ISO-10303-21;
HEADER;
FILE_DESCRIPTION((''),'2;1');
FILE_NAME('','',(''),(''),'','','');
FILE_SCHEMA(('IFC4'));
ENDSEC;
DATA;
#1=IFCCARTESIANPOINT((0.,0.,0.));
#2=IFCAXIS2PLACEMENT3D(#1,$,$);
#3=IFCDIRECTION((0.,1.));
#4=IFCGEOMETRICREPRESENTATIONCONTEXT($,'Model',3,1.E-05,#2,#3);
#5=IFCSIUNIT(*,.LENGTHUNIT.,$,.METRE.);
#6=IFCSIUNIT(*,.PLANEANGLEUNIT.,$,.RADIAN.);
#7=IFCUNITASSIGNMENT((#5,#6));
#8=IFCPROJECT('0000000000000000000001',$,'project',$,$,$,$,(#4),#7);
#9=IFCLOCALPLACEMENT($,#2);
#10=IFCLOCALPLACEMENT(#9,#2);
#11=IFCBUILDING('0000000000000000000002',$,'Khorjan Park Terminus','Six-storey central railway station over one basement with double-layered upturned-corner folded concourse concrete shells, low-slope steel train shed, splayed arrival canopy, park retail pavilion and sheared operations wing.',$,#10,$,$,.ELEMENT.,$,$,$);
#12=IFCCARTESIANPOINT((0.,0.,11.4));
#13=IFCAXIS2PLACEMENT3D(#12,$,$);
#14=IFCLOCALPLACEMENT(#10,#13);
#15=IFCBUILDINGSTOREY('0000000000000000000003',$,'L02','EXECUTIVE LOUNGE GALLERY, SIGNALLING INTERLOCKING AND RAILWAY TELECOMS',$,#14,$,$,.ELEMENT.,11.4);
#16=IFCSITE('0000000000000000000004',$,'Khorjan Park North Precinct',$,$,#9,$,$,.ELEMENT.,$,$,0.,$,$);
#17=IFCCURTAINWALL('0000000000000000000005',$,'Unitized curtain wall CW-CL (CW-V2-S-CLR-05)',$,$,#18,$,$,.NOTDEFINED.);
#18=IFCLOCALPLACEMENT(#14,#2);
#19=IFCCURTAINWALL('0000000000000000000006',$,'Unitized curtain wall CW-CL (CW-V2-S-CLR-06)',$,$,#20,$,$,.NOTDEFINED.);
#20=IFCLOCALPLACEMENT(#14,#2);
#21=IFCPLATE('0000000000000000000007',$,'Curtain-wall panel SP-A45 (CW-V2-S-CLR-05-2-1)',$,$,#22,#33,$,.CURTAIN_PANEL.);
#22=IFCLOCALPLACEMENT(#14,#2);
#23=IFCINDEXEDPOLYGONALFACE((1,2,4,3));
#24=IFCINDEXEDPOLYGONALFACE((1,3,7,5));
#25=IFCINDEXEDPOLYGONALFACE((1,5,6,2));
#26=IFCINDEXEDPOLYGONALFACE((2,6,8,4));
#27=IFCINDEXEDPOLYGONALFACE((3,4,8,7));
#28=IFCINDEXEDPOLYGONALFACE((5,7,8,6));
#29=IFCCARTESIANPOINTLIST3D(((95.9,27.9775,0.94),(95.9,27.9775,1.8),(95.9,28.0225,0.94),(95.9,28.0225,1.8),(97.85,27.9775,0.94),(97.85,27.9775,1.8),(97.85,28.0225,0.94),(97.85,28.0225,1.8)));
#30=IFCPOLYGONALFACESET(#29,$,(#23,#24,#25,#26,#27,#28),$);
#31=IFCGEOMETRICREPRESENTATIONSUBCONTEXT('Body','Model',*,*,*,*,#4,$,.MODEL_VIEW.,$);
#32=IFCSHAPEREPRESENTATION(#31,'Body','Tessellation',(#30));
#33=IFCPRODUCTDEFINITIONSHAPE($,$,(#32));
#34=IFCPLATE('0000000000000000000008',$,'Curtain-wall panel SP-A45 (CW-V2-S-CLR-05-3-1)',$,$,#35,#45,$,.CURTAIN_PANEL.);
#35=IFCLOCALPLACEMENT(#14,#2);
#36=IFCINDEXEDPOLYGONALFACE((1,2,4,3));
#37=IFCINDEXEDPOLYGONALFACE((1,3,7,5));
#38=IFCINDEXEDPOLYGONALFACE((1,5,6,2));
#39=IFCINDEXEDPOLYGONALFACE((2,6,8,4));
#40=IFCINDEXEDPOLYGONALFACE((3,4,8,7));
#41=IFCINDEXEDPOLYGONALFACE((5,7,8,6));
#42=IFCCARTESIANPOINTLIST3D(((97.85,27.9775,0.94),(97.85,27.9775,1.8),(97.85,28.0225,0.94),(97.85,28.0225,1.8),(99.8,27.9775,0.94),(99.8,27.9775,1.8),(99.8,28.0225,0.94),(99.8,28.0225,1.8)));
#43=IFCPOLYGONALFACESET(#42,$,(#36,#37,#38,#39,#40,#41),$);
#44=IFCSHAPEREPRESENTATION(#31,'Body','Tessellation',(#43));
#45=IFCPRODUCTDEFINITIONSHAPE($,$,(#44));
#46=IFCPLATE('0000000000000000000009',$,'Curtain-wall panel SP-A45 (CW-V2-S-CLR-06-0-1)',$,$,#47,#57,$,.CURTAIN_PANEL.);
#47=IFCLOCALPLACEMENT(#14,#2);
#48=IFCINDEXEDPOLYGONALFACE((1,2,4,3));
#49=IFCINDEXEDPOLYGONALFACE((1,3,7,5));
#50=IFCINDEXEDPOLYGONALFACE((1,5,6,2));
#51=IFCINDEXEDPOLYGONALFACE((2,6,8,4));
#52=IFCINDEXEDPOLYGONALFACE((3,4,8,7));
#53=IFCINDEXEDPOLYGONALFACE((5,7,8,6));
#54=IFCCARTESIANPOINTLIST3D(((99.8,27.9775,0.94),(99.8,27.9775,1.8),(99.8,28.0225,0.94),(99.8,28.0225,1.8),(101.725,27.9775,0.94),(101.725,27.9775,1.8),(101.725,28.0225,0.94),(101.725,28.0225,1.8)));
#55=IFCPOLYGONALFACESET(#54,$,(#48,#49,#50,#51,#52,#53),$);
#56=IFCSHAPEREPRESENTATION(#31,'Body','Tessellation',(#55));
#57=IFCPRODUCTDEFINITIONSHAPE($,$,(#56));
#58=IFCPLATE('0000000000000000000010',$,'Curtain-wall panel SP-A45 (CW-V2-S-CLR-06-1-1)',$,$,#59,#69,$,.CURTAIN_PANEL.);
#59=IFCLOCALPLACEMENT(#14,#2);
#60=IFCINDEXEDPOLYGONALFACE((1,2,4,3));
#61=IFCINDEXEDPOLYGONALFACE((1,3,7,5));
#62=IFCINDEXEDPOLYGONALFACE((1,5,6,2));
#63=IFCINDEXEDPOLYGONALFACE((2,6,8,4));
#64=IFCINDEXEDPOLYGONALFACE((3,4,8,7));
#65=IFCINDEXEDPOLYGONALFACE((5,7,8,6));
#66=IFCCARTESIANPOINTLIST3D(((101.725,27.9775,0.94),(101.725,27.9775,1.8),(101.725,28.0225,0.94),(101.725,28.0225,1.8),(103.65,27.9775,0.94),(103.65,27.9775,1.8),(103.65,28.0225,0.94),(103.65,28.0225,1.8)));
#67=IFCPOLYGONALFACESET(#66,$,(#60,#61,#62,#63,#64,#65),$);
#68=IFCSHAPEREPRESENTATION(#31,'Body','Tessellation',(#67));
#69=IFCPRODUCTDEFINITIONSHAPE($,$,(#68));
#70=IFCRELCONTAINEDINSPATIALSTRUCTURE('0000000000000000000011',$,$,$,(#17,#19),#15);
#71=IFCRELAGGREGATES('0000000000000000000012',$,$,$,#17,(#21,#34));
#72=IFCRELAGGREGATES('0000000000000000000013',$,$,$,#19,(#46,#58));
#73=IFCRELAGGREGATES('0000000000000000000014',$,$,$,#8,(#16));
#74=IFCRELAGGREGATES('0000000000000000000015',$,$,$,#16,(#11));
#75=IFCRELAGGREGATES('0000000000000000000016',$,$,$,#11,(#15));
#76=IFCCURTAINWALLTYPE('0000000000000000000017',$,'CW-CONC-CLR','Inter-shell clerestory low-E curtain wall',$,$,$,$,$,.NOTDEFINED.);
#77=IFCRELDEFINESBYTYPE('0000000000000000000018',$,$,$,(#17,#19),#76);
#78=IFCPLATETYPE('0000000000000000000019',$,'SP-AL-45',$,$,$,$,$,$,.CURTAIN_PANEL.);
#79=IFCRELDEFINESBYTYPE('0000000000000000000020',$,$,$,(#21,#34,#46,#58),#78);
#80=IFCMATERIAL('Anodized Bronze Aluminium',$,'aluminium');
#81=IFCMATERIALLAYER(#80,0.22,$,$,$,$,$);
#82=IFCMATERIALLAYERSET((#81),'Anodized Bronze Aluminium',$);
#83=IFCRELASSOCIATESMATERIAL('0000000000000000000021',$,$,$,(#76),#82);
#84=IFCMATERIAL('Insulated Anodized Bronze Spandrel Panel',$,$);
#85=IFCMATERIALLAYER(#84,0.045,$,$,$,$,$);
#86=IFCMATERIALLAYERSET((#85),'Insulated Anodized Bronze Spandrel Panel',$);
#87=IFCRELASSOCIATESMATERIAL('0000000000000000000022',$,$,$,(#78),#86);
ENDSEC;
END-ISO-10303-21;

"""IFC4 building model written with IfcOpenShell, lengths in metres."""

from ifc_helpers import new_model, si_unit, direction, frame, origin, origin_2d, place, context, subcontext, project, spatial, rectangle, extrude, material, layer, layer_set, type_object, element, aggregate, save


model = new_model("IFC4")

# Units and contexts
model_context = context("Model", 3, precision=1e-05, world=origin(), true_north=direction((0.0, 1.0)))
body_context = subcontext(model_context, "Body", "Model", "MODEL_VIEW")
ifc_project = project(units=[si_unit("LENGTHUNIT", "METRE"), si_unit("PLANEANGLEUNIT", "RADIAN")], contexts=[model_context])

# Site, building, storey
site_placement = place(None, origin())
site = spatial("IfcSite", under=ifc_project, at=site_placement, Name="Khorjan Park North Precinct", CompositionType="ELEMENT", RefElevation=0.0)
building_placement = place(site_placement, origin())
building = spatial("IfcBuilding", under=site, at=building_placement, Name="Khorjan Park Terminus", Description="Six-storey central railway station over one basement with double-layered upturned-corner folded concourse concrete shells, low-slope steel train shed, splayed arrival canopy, park retail pavilion and sheared operations wing.", CompositionType="ELEMENT")
storey_placement = place(building_placement, frame((0.0, 0.0, 11.4)))
storey = spatial("IfcBuildingStorey", under=building, at=storey_placement, Name="L02", Description="EXECUTIVE LOUNGE GALLERY, SIGNALLING INTERLOCKING AND RAILWAY TELECOMS", CompositionType="ELEMENT", Elevation=11.4)

# Curtain walls
ifc_material_1 = material(Name="Anodized Bronze Aluminium", Category="aluminium")
ifc_layer_1 = layer(ifc_material_1, 0.22)
ifc_layer_set_1 = layer_set([ifc_layer_1], Name="Anodized Bronze Aluminium")
curtain_wall_type = type_object("IfcCurtainWallType", Name="CW-CONC-CLR", Description="Inter-shell clerestory low-E curtain wall", PredefinedType="NOTDEFINED", material=ifc_layer_set_1)
curtain_wall_1_placement = place(storey_placement, origin())
curtain_wall_1 = element("IfcCurtainWall", 1, at=curtain_wall_1_placement, inside=storey, type_object=curtain_wall_type, Name="Unitized curtain wall CW-CL (CW-V2-S-CLR-05)", PredefinedType="NOTDEFINED")
curtain_wall_2_placement = place(storey_placement, origin())
curtain_wall_2 = element("IfcCurtainWall", 2, at=curtain_wall_2_placement, inside=storey, type_object=curtain_wall_type, Name="Unitized curtain wall CW-CL (CW-V2-S-CLR-06)", PredefinedType="NOTDEFINED")

# Plates
ifc_material_2 = material(Name="Insulated Anodized Bronze Spandrel Panel")
ifc_layer_2 = layer(ifc_material_2, 0.045)
ifc_layer_set_2 = layer_set([ifc_layer_2], Name="Insulated Anodized Bronze Spandrel Panel")
plate_type_1 = type_object("IfcPlateType", Name="SP-AL-45", PredefinedType="CURTAIN_PANEL", material=ifc_layer_set_2)
plate_1_placement = place(storey_placement, frame((96.875, 28.0, 0.94), z_axis=(0.0, 0.0, 1.0), x_axis=(1.0, 0.0, 0.0)))
plate_1 = element("IfcPlate", 3, at=plate_1_placement, type_object=plate_type_1, Name="Curtain-wall panel SP-A45 (CW-V2-S-CLR-05-2-1)", PredefinedType="CURTAIN_PANEL", context=body_context, shape_type="SweptSolid", body=[
    extrude(rectangle(XDim=1.95, YDim=0.045, at=origin_2d()), origin(), (0.0, 0.0, 1.0), 0.86),
])
plate_2_placement = place(storey_placement, frame((98.825, 28.0, 0.94), z_axis=(0.0, 0.0, 1.0), x_axis=(1.0, 0.0, 0.0)))
plate_2 = element("IfcPlate", 4, at=plate_2_placement, type_object=plate_type_1, Name="Curtain-wall panel SP-A45 (CW-V2-S-CLR-05-3-1)", PredefinedType="CURTAIN_PANEL", context=body_context, shape_type="SweptSolid", body=[
    extrude(rectangle(XDim=1.95, YDim=0.045, at=origin_2d()), origin(), (0.0, 0.0, 1.0), 0.86),
])
aggregate(curtain_wall_1, [plate_1, plate_2])
plate_3_placement = place(storey_placement, frame((100.7625, 28.0, 0.94), z_axis=(0.0, 0.0, 1.0), x_axis=(1.0, 0.0, 0.0)))
plate_3 = element("IfcPlate", 5, at=plate_3_placement, type_object=plate_type_1, Name="Curtain-wall panel SP-A45 (CW-V2-S-CLR-06-0-1)", PredefinedType="CURTAIN_PANEL", context=body_context, shape_type="SweptSolid", body=[
    extrude(rectangle(XDim=1.925, YDim=0.045, at=origin_2d()), origin(), (0.0, 0.0, 1.0), 0.86),
])
plate_4_placement = place(storey_placement, frame((102.6875, 28.0, 0.94), z_axis=(0.0, 0.0, 1.0), x_axis=(1.0, 0.0, 0.0)))
plate_4 = element("IfcPlate", 6, at=plate_4_placement, type_object=plate_type_1, Name="Curtain-wall panel SP-A45 (CW-V2-S-CLR-06-1-1)", PredefinedType="CURTAIN_PANEL", context=body_context, shape_type="SweptSolid", body=[
    extrude(rectangle(XDim=1.925, YDim=0.045, at=origin_2d()), origin(), (0.0, 0.0, 1.0), 0.86),
])
aggregate(curtain_wall_2, [plate_3, plate_4])

save(model, "model.ifc")
